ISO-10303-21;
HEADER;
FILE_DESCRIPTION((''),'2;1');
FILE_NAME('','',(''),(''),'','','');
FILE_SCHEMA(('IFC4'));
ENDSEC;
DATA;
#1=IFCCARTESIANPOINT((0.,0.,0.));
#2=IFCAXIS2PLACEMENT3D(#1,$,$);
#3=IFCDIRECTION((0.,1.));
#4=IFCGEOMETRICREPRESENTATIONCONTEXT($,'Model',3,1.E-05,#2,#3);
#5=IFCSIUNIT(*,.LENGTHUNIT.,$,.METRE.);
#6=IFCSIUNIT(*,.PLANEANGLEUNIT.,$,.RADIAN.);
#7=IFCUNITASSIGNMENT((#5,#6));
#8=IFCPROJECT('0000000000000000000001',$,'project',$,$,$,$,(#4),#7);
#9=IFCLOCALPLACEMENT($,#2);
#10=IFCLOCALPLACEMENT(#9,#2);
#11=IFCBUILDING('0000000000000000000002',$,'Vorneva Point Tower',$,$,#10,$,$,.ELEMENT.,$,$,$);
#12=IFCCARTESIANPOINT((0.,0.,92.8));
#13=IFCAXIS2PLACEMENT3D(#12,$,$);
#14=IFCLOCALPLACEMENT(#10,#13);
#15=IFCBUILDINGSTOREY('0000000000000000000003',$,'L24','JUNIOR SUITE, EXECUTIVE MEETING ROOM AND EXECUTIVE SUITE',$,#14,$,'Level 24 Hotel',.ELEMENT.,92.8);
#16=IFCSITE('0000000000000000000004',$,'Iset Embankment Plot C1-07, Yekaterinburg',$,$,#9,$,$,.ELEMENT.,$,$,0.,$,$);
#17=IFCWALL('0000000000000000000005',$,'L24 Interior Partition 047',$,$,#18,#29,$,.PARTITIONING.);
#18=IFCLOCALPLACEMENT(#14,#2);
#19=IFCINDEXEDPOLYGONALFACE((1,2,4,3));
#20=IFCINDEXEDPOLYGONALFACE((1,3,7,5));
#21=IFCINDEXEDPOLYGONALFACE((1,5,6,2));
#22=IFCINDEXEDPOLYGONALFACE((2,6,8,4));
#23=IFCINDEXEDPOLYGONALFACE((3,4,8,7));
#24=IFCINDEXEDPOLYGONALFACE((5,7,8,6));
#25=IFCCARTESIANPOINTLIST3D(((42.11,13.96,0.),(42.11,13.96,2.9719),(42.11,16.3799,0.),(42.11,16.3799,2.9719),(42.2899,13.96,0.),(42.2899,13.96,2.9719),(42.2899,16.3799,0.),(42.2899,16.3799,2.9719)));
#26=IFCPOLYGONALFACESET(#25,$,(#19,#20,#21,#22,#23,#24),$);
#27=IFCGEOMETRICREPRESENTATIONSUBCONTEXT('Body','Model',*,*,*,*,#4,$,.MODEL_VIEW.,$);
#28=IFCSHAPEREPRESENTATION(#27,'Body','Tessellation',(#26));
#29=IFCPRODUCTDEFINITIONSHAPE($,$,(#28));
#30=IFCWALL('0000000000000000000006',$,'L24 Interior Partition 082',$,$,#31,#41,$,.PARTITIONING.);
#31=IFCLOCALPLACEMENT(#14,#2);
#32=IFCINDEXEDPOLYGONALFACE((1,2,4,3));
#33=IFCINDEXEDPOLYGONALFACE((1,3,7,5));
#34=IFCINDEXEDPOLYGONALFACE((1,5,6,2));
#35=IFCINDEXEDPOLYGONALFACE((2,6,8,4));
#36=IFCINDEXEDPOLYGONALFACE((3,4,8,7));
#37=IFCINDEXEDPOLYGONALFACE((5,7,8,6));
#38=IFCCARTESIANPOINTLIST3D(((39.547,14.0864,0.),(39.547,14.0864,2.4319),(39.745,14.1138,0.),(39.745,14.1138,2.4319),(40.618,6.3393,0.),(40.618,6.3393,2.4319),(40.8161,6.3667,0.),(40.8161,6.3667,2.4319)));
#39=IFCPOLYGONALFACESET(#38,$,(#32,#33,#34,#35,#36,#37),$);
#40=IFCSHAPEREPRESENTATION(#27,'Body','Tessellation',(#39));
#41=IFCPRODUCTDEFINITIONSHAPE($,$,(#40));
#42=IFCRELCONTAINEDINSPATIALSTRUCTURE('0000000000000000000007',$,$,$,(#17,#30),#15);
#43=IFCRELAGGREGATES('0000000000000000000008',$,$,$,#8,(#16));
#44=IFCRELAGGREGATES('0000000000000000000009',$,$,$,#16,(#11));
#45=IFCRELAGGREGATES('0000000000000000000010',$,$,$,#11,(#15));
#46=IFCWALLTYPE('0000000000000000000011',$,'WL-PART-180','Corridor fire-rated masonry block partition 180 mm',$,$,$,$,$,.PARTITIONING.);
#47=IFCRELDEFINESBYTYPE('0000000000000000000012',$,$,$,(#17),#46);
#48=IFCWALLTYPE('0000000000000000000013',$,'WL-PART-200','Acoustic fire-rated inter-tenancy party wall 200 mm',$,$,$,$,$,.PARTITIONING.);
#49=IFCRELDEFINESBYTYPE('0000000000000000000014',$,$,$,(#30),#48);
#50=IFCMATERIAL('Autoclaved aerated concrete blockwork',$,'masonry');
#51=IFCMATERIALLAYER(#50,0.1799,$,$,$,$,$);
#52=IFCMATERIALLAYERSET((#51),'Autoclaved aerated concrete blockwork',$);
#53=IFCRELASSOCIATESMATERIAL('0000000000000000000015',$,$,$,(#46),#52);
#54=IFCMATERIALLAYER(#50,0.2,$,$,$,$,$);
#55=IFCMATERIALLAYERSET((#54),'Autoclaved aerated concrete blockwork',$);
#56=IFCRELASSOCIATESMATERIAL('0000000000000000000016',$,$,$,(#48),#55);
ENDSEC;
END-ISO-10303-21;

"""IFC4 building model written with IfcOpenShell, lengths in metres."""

from ifc_helpers import new_model, si_unit, direction, frame, frame_2d, origin, place, context, subcontext, project, spatial, rectangle, extrude, material, layer, layer_set, type_object, element, save


model = new_model("IFC4")

# Units and contexts
model_context = context("Model", 3, precision=1e-05, world=origin(), true_north=direction((0.0, 1.0)))
body_context = subcontext(model_context, "Body", "Model", "MODEL_VIEW")
ifc_project = project(units=[si_unit("LENGTHUNIT", "METRE"), si_unit("PLANEANGLEUNIT", "RADIAN")], contexts=[model_context])

# Site, building, storey
site_placement = place(None, origin())
site = spatial("IfcSite", under=ifc_project, at=site_placement, Name="Iset Embankment Plot C1-07, Yekaterinburg", CompositionType="ELEMENT", RefElevation=0.0)
building_placement = place(site_placement, origin())
building = spatial("IfcBuilding", under=site, at=building_placement, Name="Vorneva Point Tower", CompositionType="ELEMENT")
storey_placement = place(building_placement, frame((0.0, 0.0, 92.8)))
storey = spatial("IfcBuildingStorey", under=building, at=storey_placement, Name="L24", Description="JUNIOR SUITE, EXECUTIVE MEETING ROOM AND EXECUTIVE SUITE", LongName="Level 24 Hotel", CompositionType="ELEMENT", Elevation=92.8)

# Shared definitions
ifc_material_1 = material(Name="Autoclaved aerated concrete blockwork", Category="masonry")
ifc_layer_1 = layer(ifc_material_1, 0.1799)
ifc_layer_set_1 = layer_set([ifc_layer_1], Name="Autoclaved aerated concrete blockwork")
wall_type_1 = type_object("IfcWallType", Name="WL-PART-180", Description="Corridor fire-rated masonry block partition 180 mm", PredefinedType="PARTITIONING", material=ifc_layer_set_1)

# Walls
wall_1_placement = place(storey_placement, frame((42.2, 13.96, 0.0), z_axis=(0.0, 0.0, 1.0), x_axis=(0.0, 1.0, 0.0)))
element("IfcWall", 1, at=wall_1_placement, inside=storey, type_object=wall_type_1, Name="L24 Interior Partition 047", PredefinedType="PARTITIONING", context=body_context, shape_type="SweptSolid", body=[
    extrude(rectangle(XDim=2.4199, YDim=0.1799, at=frame_2d((1.21, 0.0))), origin(), (0.0, 0.0, 1.0), 2.9719),
])
ifc_layer_2 = layer(ifc_material_1, 0.2)
ifc_layer_set_2 = layer_set([ifc_layer_2], Name="Autoclaved aerated concrete blockwork")
wall_type_2 = type_object("IfcWallType", Name="WL-PART-200", Description="Acoustic fire-rated inter-tenancy party wall 200 mm", PredefinedType="PARTITIONING", material=ifc_layer_set_2)
wall_2_placement = place(storey_placement, frame((40.717, 6.353, 0.0), z_axis=(0.0, 0.0, 1.0), x_axis=(-0.136949, 0.990578, 0.0)))
element("IfcWall", 2, at=wall_2_placement, inside=storey, type_object=wall_type_2, Name="L24 Interior Partition 082", PredefinedType="PARTITIONING", context=body_context, shape_type="SweptSolid", body=[
    extrude(rectangle(XDim=7.8208, YDim=0.2, at=frame_2d((3.9104, 0.0))), origin(), (0.0, 0.0, 1.0), 2.4319),
])

save(model, "model.ifc")
